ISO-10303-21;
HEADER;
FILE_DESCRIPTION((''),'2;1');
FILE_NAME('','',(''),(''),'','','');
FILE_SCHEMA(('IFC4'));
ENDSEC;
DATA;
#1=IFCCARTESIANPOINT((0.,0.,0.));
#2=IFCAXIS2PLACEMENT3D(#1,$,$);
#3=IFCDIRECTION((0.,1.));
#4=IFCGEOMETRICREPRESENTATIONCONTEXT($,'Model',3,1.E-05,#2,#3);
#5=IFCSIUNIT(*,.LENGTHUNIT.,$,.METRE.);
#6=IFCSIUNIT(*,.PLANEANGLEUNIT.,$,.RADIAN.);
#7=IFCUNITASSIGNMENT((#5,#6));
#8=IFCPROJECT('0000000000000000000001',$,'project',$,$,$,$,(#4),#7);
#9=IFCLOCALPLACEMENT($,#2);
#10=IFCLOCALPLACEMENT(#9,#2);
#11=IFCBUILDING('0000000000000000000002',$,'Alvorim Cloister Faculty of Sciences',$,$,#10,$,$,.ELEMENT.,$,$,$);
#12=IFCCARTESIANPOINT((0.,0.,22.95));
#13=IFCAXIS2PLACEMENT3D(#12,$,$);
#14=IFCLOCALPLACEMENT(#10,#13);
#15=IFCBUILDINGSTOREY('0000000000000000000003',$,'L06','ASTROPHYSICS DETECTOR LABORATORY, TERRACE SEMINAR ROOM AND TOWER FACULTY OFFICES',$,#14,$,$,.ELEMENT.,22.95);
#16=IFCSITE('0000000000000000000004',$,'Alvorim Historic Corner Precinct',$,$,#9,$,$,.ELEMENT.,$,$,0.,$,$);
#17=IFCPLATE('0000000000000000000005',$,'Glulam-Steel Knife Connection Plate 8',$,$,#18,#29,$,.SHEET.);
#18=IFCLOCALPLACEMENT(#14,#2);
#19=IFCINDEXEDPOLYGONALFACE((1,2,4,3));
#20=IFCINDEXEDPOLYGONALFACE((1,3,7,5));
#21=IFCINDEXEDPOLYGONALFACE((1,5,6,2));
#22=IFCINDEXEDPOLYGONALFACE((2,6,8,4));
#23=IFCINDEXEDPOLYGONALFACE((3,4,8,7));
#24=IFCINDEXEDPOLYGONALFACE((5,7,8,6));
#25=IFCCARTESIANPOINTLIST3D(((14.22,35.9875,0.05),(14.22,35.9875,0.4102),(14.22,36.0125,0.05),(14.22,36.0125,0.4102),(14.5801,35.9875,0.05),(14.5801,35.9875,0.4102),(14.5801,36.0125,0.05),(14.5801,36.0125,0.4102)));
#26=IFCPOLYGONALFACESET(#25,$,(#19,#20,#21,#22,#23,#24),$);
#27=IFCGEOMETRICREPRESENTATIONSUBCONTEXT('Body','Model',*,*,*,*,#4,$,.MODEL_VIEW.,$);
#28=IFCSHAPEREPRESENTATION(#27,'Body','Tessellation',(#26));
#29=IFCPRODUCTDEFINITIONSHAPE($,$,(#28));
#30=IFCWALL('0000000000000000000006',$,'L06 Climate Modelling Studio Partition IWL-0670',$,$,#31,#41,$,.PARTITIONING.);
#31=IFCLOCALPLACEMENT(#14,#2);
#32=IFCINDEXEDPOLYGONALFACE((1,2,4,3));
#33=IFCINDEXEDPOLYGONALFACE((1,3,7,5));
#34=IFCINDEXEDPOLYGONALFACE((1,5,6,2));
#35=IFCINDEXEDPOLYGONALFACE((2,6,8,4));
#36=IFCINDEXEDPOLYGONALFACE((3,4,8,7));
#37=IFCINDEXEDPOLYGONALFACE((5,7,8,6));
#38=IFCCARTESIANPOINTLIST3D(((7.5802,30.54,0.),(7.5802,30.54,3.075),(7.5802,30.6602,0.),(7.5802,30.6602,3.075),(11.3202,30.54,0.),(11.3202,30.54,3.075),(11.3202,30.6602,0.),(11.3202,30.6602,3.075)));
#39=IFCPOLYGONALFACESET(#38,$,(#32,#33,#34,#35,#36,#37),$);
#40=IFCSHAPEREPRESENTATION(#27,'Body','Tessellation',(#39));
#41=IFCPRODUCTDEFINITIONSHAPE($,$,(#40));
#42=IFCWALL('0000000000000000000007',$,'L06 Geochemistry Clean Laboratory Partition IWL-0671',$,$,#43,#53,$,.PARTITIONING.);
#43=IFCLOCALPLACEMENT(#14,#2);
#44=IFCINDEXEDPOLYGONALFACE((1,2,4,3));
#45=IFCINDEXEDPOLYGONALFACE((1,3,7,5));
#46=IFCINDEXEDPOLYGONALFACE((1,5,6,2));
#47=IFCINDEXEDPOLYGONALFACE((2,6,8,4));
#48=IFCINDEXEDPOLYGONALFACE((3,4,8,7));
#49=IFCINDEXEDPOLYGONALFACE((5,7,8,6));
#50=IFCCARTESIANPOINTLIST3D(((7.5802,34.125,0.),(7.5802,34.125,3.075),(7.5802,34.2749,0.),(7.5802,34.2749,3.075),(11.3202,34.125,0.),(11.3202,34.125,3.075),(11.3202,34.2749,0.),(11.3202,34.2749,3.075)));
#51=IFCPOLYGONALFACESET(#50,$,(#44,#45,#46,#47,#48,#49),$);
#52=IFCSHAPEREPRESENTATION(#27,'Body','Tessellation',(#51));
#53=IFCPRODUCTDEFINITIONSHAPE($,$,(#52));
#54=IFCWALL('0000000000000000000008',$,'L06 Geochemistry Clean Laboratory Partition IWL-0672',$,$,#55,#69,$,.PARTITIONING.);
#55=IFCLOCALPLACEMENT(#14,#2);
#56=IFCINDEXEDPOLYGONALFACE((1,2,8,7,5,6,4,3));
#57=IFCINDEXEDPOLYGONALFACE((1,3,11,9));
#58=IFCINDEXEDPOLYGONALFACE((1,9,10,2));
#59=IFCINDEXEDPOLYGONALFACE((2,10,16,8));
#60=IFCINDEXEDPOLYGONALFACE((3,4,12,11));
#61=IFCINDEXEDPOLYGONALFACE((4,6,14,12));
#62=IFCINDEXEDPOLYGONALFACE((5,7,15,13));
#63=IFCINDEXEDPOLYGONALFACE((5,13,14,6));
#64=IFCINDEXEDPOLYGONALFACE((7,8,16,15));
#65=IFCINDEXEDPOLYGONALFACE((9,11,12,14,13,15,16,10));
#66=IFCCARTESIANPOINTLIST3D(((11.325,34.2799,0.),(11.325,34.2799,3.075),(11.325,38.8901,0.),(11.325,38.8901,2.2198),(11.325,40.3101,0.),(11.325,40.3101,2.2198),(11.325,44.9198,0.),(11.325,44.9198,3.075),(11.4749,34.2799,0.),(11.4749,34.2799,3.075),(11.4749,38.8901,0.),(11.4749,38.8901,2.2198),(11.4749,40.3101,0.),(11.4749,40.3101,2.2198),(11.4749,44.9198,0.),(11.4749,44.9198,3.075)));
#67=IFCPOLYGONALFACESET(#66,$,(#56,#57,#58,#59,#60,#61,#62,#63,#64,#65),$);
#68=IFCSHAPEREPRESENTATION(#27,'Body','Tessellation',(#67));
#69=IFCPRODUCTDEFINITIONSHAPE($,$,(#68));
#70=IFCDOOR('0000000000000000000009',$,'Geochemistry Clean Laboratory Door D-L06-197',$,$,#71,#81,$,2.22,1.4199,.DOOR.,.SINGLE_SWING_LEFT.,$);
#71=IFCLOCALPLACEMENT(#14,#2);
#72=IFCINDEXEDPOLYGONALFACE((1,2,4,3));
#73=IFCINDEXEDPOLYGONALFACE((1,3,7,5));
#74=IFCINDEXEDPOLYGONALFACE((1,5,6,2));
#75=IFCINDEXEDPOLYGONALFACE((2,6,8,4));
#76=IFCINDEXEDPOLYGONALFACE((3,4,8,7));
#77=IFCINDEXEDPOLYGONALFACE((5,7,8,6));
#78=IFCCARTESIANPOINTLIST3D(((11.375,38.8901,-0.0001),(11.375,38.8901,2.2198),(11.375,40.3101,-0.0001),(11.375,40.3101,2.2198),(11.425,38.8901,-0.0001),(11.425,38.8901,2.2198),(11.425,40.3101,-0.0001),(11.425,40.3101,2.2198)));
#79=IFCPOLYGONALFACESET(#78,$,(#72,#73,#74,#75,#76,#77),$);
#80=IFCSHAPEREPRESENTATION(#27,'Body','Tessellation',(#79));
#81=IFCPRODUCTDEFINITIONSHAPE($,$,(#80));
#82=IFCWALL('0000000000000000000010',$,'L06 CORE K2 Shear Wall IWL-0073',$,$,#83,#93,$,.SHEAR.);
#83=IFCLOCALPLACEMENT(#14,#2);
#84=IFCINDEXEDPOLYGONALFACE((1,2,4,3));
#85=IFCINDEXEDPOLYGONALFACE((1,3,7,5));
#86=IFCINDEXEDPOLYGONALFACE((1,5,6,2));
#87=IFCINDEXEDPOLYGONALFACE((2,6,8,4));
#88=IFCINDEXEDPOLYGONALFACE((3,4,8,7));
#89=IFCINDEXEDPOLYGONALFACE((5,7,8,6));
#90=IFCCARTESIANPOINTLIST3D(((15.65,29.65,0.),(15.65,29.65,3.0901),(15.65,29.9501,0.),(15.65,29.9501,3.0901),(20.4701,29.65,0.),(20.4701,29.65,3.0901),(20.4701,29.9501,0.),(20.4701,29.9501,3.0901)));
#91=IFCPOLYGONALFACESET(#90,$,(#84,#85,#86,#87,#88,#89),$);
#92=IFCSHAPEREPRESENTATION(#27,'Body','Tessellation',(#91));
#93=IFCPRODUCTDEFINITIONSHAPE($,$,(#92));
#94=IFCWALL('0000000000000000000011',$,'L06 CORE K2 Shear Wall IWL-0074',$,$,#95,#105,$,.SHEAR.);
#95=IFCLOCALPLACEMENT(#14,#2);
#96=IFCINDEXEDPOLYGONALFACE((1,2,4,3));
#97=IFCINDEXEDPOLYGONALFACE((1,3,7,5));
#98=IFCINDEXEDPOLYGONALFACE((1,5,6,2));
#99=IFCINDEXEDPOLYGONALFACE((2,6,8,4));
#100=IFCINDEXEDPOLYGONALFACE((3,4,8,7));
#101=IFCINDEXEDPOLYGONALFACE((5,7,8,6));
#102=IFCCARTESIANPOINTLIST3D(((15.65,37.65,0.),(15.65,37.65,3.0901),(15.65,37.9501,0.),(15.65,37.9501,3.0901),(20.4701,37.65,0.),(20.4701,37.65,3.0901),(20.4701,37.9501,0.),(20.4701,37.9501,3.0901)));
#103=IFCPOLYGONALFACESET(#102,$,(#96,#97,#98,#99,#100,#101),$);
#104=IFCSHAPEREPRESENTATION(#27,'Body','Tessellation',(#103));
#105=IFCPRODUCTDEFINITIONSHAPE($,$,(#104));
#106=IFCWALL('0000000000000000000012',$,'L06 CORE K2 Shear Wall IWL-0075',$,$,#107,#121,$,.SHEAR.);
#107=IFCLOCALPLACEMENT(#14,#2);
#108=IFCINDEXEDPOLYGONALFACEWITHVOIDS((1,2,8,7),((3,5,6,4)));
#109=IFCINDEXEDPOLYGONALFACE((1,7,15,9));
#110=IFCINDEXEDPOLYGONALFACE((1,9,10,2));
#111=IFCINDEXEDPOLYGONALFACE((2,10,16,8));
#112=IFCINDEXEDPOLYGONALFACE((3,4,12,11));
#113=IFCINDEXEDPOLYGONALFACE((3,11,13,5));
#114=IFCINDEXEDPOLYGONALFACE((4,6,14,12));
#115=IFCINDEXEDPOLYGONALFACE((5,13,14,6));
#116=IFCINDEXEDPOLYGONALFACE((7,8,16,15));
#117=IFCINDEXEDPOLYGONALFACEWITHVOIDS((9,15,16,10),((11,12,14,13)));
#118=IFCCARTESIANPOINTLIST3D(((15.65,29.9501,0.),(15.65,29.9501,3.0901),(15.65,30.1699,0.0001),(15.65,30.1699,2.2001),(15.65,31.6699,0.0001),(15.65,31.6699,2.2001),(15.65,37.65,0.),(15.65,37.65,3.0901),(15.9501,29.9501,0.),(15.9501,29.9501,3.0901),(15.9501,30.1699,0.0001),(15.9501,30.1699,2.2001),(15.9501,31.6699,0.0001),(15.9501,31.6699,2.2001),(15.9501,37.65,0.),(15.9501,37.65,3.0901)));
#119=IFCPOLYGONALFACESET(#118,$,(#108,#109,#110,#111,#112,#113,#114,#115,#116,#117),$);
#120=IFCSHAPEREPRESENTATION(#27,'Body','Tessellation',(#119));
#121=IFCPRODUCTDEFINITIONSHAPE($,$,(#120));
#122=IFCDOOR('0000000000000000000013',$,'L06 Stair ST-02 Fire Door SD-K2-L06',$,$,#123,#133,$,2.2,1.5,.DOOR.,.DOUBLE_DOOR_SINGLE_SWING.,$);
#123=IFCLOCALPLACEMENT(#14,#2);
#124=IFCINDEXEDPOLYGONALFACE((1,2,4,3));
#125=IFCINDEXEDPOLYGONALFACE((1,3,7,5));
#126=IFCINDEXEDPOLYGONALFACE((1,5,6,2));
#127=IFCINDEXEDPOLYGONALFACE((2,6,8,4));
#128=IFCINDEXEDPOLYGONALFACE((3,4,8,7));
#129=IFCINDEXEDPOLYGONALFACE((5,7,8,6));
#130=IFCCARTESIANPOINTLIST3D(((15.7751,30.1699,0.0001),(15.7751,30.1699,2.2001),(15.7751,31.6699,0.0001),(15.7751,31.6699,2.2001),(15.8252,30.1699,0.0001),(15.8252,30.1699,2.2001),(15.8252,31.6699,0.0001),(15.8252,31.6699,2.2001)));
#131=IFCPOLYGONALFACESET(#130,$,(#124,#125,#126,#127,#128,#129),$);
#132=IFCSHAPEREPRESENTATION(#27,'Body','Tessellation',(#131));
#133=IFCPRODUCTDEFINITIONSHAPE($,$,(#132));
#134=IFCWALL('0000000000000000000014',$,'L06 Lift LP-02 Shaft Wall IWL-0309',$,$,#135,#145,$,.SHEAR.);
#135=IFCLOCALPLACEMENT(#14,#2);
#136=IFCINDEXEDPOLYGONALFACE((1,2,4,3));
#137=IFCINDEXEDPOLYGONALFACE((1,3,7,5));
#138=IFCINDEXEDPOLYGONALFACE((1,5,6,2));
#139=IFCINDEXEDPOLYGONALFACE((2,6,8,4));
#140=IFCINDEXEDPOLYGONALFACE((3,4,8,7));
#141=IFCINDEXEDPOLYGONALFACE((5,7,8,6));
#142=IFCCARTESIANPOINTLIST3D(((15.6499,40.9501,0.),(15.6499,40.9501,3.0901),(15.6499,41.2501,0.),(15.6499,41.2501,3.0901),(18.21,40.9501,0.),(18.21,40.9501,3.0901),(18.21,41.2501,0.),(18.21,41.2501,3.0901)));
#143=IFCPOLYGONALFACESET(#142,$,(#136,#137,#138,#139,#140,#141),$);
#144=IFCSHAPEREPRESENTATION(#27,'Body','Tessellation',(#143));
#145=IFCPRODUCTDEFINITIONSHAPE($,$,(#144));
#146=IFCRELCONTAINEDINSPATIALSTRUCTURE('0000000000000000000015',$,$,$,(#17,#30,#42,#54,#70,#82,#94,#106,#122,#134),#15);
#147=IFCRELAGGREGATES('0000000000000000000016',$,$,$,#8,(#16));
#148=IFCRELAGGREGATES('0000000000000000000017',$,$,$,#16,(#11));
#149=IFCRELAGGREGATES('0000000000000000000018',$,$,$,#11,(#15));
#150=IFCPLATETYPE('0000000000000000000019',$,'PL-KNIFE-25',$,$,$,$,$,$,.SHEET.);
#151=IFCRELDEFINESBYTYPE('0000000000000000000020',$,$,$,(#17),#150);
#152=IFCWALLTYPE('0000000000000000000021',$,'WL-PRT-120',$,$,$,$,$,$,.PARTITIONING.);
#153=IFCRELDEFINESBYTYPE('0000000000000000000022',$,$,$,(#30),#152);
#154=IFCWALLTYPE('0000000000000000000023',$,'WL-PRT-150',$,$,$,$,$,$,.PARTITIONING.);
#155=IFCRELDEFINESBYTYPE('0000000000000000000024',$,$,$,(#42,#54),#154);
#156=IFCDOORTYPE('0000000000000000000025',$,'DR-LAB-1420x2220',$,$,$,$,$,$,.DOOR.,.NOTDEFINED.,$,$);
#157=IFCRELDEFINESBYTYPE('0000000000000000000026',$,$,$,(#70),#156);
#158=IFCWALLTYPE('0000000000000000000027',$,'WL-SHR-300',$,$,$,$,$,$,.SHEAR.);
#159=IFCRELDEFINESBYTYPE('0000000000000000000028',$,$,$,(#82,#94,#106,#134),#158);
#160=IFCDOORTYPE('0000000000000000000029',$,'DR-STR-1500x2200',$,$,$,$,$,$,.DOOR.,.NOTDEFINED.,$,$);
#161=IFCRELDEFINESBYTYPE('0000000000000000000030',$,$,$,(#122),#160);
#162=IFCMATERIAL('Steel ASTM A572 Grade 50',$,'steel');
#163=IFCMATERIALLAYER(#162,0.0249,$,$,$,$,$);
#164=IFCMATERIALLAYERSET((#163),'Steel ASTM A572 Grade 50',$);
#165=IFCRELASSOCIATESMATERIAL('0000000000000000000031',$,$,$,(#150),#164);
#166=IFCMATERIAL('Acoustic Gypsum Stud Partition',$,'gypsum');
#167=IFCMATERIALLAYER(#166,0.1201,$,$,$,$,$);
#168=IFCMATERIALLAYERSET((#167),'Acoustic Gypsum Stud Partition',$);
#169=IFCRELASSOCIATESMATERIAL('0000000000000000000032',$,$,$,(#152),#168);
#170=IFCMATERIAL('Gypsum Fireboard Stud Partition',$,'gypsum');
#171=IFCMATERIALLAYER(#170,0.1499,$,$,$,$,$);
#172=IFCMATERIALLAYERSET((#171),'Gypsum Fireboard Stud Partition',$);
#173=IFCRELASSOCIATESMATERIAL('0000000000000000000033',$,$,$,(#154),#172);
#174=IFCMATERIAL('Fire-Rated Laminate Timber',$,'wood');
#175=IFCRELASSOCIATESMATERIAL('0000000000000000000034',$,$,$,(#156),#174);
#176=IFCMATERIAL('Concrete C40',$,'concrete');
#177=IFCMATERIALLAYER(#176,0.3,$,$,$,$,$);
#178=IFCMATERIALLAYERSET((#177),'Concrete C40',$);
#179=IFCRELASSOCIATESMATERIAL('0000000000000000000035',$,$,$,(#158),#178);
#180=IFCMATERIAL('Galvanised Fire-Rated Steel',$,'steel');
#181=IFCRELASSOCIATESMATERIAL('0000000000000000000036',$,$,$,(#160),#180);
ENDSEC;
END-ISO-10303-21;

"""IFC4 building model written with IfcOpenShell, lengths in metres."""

from ifc_helpers import new_model, si_unit, direction, frame, frame_2d, origin, place, context, subcontext, project, spatial, polyline, rectangle, outline, extrude, material, layer, layer_set, type_object, element, fill, save


model = new_model("IFC4")

# Units and contexts
model_context = context("Model", 3, precision=1e-05, world=origin(), true_north=direction((0.0, 1.0)))
body_context = subcontext(model_context, "Body", "Model", "MODEL_VIEW")
ifc_project = project(units=[si_unit("LENGTHUNIT", "METRE"), si_unit("PLANEANGLEUNIT", "RADIAN")], contexts=[model_context])

# Site, building, storey
site_placement = place(None, origin())
site = spatial("IfcSite", under=ifc_project, at=site_placement, Name="Alvorim Historic Corner Precinct", CompositionType="ELEMENT", RefElevation=0.0)
building_placement = place(site_placement, origin())
building = spatial("IfcBuilding", under=site, at=building_placement, Name="Alvorim Cloister Faculty of Sciences", CompositionType="ELEMENT")
storey_placement = place(building_placement, frame((0.0, 0.0, 22.95)))
storey = spatial("IfcBuildingStorey", under=building, at=storey_placement, Name="L06", Description="ASTROPHYSICS DETECTOR LABORATORY, TERRACE SEMINAR ROOM AND TOWER FACULTY OFFICES", CompositionType="ELEMENT", Elevation=22.95)

# Shared definitions
ifc_material_1 = material(Name="Steel ASTM A572 Grade 50", Category="steel")

# Plate
ifc_layer_1 = layer(ifc_material_1, 0.0249)
ifc_layer_set_1 = layer_set([ifc_layer_1], Name="Steel ASTM A572 Grade 50")
plate_type = type_object("IfcPlateType", Name="PL-KNIFE-25", PredefinedType="SHEET", material=ifc_layer_set_1)
plate_placement = place(storey_placement, frame((14.22, 36.0, 0.05), z_axis=(0.0, 0.0, 1.0), x_axis=(1.0, 0.0, 0.0)))
element("IfcPlate", 1, at=plate_placement, inside=storey, type_object=plate_type, Name="Glulam-Steel Knife Connection Plate 8", PredefinedType="SHEET", context=body_context, shape_type="SweptSolid", body=[
    extrude(outline(polyline([(0.0, 0.0), (0.3601, 0.0), (0.3601, 0.3601), (0.0, 0.3601), (0.0, 0.0)])), frame((0.0, 0.0125, 0.0), z_axis=(0.0, -1.0, 0.0), x_axis=(1.0, 0.0, 0.0)), (0.0, 0.0, 1.0), 0.0249),
])

# Walls
ifc_material_2 = material(Name="Acoustic Gypsum Stud Partition", Category="gypsum")
ifc_layer_2 = layer(ifc_material_2, 0.1201)
ifc_layer_set_2 = layer_set([ifc_layer_2], Name="Acoustic Gypsum Stud Partition")
wall_type_1 = type_object("IfcWallType", Name="WL-PRT-120", PredefinedType="PARTITIONING", material=ifc_layer_set_2)
wall_1_placement = place(storey_placement, frame((7.5801, 30.6001, 0.0), z_axis=(0.0, 0.0, 1.0), x_axis=(1.0, 0.0, 0.0)))
element("IfcWall", 2, at=wall_1_placement, inside=storey, type_object=wall_type_1, Name="L06 Climate Modelling Studio Partition IWL-0670", PredefinedType="PARTITIONING", context=body_context, shape_type="SweptSolid", body=[
    extrude(rectangle(XDim=3.74, YDim=0.1201, at=frame_2d((1.8701, 0.0))), origin(), (0.0, 0.0, 1.0), 3.075),
])
ifc_material_3 = material(Name="Gypsum Fireboard Stud Partition", Category="gypsum")
ifc_layer_3 = layer(ifc_material_3, 0.1499)
ifc_layer_set_3 = layer_set([ifc_layer_3], Name="Gypsum Fireboard Stud Partition")
wall_type_2 = type_object("IfcWallType", Name="WL-PRT-150", PredefinedType="PARTITIONING", material=ifc_layer_set_3)
wall_2_placement = place(storey_placement, frame((7.5801, 34.2, 0.0), z_axis=(0.0, 0.0, 1.0), x_axis=(1.0, 0.0, 0.0)))
element("IfcWall", 3, at=wall_2_placement, inside=storey, type_object=wall_type_2, Name="L06 Geochemistry Clean Laboratory Partition IWL-0671", PredefinedType="PARTITIONING", context=body_context, shape_type="SweptSolid", body=[
    extrude(rectangle(XDim=3.74, YDim=0.1499, at=frame_2d((1.8701, 0.0))), origin(), (0.0, 0.0, 1.0), 3.075),
])

# Wall, opening, door
wall_3_placement = place(storey_placement, frame((11.3999, 34.28, 0.0), z_axis=(0.0, 0.0, 1.0), x_axis=(0.0, 1.0, 0.0)))
wall_3 = element("IfcWall", 4, at=wall_3_placement, inside=storey, type_object=wall_type_2, Name="L06 Geochemistry Clean Laboratory Partition IWL-0672", PredefinedType="PARTITIONING", context=body_context, shape_type="SweptSolid", body=[
    extrude(rectangle(XDim=10.6399, YDim=0.1499, at=frame_2d((5.3198, 0.0))), origin(), (0.0, 0.0, 1.0), 3.075),
])
opening_1_placement = place(wall_3_placement, frame((4.6101, 0.0, 0.0)))
opening_1 = element("IfcOpeningElement", 5, at=opening_1_placement, cuts=wall_3, PredefinedType="OPENING", context=body_context, shape_type="SweptSolid", body=[
    extrude(rectangle(XDim=1.4199, YDim=2.22, at=frame_2d((0.71, 1.1099))), frame((0.0, 0.0869, 0.0), z_axis=(0.0, -1.0, 0.0), x_axis=(1.0, 0.0, 0.0)), (0.0, 0.0, 1.0), 0.1738),
])
ifc_material_4 = material(Name="Fire-Rated Laminate Timber", Category="wood")
door_type_1 = type_object("IfcDoorType", Name="DR-LAB-1420x2220", OperationType="NOTDEFINED", PredefinedType="DOOR", material=ifc_material_4)
door_1_placement = place(opening_1_placement, origin())
door_1 = element("IfcDoor", 6, at=door_1_placement, inside=storey, type_object=door_type_1, Name="Geochemistry Clean Laboratory Door D-L06-197", OperationType="SINGLE_SWING_LEFT", OverallHeight=2.22, OverallWidth=1.4199, PredefinedType="DOOR", context=body_context, shape_type="SweptSolid", body=[
    extrude(rectangle(XDim=1.4199, YDim=2.22, at=frame_2d((0.71, 1.1099))), frame((0.0, 0.0249, 0.0), z_axis=(0.0, -1.0, 0.0), x_axis=(1.0, 0.0, 0.0)), (0.0, 0.0, 1.0), 0.05),
])
fill(opening_1, door_1)

# Walls
ifc_material_5 = material(Name="Concrete C40", Category="concrete")
ifc_layer_4 = layer(ifc_material_5, 0.3)
ifc_layer_set_4 = layer_set([ifc_layer_4], Name="Concrete C40")
wall_type_3 = type_object("IfcWallType", Name="WL-SHR-300", PredefinedType="SHEAR", material=ifc_layer_set_4)
for number, where, z_axis, x_axis, name in (
    (7, (15.6499, 29.8, 0.0), (0.0, 0.0, 1.0), (1.0, 0.0, 0.0), "L06 CORE K2 Shear Wall IWL-0073"),
    (8, (15.6499, 37.8, 0.0), (0.0, 0.0, 1.0), (1.0, 0.0, 0.0), "L06 CORE K2 Shear Wall IWL-0074"),
):
    element("IfcWall", number, at=place(storey_placement, frame(where, z_axis=z_axis, x_axis=x_axis)), inside=storey, type_object=wall_type_3, Name=name, PredefinedType="SHEAR", context=body_context, shape_type="SweptSolid", body=[
        extrude(rectangle(XDim=4.8201, YDim=0.3, at=frame_2d((2.4102, 0.0))), origin(), (0.0, 0.0, 1.0), 3.0901),
    ])

# Wall, opening, door
wall_4_placement = place(storey_placement, frame((15.8, 29.95, 0.0), z_axis=(0.0, 0.0, 1.0), x_axis=(0.0, 1.0, 0.0)))
wall_4 = element("IfcWall", 9, at=wall_4_placement, inside=storey, type_object=wall_type_3, Name="L06 CORE K2 Shear Wall IWL-0075", PredefinedType="SHEAR", context=body_context, shape_type="SweptSolid", body=[
    extrude(rectangle(XDim=7.7, YDim=0.3, at=frame_2d((3.8501, 0.0))), origin(), (0.0, 0.0, 1.0), 3.0901),
])
opening_2_placement = place(wall_4_placement, frame((0.22, 0.0, 0.0)))
opening_2 = element("IfcOpeningElement", 10, at=opening_2_placement, cuts=wall_4, PredefinedType="OPENING", context=body_context, shape_type="SweptSolid", body=[
    extrude(rectangle(XDim=1.5, YDim=2.2, at=frame_2d((0.75, 1.1001))), frame((0.0, 0.1621, 0.0), z_axis=(0.0, -1.0, 0.0), x_axis=(1.0, 0.0, 0.0)), (0.0, 0.0, 1.0), 0.324),
])
ifc_material_6 = material(Name="Galvanised Fire-Rated Steel", Category="steel")
door_type_2 = type_object("IfcDoorType", Name="DR-STR-1500x2200", OperationType="NOTDEFINED", PredefinedType="DOOR", material=ifc_material_6)
door_2_placement = place(opening_2_placement, origin())
door_2 = element("IfcDoor", 11, at=door_2_placement, inside=storey, type_object=door_type_2, Name="L06 Stair ST-02 Fire Door SD-K2-L06", OperationType="DOUBLE_DOOR_SINGLE_SWING", OverallHeight=2.2, OverallWidth=1.5, PredefinedType="DOOR", context=body_context, shape_type="SweptSolid", body=[
    extrude(rectangle(XDim=1.5, YDim=2.2, at=frame_2d((0.75, 1.1001))), frame((0.0, 0.0249, 0.0), z_axis=(0.0, -1.0, 0.0), x_axis=(1.0, 0.0, 0.0)), (0.0, 0.0, 1.0), 0.05),
])
fill(opening_2, door_2)

# Wall
wall_5_placement = place(storey_placement, frame((15.6499, 41.1001, 0.0), z_axis=(0.0, 0.0, 1.0), x_axis=(1.0, 0.0, 0.0)))
element("IfcWall", 12, at=wall_5_placement, inside=storey, type_object=wall_type_3, Name="L06 Lift LP-02 Shaft Wall IWL-0309", PredefinedType="SHEAR", context=body_context, shape_type="SweptSolid", body=[
    extrude(rectangle(XDim=2.5601, YDim=0.3, at=frame_2d((1.28, 0.0))), origin(), (0.0, 0.0, 1.0), 3.0901),
])

save(model, "model.ifc")
